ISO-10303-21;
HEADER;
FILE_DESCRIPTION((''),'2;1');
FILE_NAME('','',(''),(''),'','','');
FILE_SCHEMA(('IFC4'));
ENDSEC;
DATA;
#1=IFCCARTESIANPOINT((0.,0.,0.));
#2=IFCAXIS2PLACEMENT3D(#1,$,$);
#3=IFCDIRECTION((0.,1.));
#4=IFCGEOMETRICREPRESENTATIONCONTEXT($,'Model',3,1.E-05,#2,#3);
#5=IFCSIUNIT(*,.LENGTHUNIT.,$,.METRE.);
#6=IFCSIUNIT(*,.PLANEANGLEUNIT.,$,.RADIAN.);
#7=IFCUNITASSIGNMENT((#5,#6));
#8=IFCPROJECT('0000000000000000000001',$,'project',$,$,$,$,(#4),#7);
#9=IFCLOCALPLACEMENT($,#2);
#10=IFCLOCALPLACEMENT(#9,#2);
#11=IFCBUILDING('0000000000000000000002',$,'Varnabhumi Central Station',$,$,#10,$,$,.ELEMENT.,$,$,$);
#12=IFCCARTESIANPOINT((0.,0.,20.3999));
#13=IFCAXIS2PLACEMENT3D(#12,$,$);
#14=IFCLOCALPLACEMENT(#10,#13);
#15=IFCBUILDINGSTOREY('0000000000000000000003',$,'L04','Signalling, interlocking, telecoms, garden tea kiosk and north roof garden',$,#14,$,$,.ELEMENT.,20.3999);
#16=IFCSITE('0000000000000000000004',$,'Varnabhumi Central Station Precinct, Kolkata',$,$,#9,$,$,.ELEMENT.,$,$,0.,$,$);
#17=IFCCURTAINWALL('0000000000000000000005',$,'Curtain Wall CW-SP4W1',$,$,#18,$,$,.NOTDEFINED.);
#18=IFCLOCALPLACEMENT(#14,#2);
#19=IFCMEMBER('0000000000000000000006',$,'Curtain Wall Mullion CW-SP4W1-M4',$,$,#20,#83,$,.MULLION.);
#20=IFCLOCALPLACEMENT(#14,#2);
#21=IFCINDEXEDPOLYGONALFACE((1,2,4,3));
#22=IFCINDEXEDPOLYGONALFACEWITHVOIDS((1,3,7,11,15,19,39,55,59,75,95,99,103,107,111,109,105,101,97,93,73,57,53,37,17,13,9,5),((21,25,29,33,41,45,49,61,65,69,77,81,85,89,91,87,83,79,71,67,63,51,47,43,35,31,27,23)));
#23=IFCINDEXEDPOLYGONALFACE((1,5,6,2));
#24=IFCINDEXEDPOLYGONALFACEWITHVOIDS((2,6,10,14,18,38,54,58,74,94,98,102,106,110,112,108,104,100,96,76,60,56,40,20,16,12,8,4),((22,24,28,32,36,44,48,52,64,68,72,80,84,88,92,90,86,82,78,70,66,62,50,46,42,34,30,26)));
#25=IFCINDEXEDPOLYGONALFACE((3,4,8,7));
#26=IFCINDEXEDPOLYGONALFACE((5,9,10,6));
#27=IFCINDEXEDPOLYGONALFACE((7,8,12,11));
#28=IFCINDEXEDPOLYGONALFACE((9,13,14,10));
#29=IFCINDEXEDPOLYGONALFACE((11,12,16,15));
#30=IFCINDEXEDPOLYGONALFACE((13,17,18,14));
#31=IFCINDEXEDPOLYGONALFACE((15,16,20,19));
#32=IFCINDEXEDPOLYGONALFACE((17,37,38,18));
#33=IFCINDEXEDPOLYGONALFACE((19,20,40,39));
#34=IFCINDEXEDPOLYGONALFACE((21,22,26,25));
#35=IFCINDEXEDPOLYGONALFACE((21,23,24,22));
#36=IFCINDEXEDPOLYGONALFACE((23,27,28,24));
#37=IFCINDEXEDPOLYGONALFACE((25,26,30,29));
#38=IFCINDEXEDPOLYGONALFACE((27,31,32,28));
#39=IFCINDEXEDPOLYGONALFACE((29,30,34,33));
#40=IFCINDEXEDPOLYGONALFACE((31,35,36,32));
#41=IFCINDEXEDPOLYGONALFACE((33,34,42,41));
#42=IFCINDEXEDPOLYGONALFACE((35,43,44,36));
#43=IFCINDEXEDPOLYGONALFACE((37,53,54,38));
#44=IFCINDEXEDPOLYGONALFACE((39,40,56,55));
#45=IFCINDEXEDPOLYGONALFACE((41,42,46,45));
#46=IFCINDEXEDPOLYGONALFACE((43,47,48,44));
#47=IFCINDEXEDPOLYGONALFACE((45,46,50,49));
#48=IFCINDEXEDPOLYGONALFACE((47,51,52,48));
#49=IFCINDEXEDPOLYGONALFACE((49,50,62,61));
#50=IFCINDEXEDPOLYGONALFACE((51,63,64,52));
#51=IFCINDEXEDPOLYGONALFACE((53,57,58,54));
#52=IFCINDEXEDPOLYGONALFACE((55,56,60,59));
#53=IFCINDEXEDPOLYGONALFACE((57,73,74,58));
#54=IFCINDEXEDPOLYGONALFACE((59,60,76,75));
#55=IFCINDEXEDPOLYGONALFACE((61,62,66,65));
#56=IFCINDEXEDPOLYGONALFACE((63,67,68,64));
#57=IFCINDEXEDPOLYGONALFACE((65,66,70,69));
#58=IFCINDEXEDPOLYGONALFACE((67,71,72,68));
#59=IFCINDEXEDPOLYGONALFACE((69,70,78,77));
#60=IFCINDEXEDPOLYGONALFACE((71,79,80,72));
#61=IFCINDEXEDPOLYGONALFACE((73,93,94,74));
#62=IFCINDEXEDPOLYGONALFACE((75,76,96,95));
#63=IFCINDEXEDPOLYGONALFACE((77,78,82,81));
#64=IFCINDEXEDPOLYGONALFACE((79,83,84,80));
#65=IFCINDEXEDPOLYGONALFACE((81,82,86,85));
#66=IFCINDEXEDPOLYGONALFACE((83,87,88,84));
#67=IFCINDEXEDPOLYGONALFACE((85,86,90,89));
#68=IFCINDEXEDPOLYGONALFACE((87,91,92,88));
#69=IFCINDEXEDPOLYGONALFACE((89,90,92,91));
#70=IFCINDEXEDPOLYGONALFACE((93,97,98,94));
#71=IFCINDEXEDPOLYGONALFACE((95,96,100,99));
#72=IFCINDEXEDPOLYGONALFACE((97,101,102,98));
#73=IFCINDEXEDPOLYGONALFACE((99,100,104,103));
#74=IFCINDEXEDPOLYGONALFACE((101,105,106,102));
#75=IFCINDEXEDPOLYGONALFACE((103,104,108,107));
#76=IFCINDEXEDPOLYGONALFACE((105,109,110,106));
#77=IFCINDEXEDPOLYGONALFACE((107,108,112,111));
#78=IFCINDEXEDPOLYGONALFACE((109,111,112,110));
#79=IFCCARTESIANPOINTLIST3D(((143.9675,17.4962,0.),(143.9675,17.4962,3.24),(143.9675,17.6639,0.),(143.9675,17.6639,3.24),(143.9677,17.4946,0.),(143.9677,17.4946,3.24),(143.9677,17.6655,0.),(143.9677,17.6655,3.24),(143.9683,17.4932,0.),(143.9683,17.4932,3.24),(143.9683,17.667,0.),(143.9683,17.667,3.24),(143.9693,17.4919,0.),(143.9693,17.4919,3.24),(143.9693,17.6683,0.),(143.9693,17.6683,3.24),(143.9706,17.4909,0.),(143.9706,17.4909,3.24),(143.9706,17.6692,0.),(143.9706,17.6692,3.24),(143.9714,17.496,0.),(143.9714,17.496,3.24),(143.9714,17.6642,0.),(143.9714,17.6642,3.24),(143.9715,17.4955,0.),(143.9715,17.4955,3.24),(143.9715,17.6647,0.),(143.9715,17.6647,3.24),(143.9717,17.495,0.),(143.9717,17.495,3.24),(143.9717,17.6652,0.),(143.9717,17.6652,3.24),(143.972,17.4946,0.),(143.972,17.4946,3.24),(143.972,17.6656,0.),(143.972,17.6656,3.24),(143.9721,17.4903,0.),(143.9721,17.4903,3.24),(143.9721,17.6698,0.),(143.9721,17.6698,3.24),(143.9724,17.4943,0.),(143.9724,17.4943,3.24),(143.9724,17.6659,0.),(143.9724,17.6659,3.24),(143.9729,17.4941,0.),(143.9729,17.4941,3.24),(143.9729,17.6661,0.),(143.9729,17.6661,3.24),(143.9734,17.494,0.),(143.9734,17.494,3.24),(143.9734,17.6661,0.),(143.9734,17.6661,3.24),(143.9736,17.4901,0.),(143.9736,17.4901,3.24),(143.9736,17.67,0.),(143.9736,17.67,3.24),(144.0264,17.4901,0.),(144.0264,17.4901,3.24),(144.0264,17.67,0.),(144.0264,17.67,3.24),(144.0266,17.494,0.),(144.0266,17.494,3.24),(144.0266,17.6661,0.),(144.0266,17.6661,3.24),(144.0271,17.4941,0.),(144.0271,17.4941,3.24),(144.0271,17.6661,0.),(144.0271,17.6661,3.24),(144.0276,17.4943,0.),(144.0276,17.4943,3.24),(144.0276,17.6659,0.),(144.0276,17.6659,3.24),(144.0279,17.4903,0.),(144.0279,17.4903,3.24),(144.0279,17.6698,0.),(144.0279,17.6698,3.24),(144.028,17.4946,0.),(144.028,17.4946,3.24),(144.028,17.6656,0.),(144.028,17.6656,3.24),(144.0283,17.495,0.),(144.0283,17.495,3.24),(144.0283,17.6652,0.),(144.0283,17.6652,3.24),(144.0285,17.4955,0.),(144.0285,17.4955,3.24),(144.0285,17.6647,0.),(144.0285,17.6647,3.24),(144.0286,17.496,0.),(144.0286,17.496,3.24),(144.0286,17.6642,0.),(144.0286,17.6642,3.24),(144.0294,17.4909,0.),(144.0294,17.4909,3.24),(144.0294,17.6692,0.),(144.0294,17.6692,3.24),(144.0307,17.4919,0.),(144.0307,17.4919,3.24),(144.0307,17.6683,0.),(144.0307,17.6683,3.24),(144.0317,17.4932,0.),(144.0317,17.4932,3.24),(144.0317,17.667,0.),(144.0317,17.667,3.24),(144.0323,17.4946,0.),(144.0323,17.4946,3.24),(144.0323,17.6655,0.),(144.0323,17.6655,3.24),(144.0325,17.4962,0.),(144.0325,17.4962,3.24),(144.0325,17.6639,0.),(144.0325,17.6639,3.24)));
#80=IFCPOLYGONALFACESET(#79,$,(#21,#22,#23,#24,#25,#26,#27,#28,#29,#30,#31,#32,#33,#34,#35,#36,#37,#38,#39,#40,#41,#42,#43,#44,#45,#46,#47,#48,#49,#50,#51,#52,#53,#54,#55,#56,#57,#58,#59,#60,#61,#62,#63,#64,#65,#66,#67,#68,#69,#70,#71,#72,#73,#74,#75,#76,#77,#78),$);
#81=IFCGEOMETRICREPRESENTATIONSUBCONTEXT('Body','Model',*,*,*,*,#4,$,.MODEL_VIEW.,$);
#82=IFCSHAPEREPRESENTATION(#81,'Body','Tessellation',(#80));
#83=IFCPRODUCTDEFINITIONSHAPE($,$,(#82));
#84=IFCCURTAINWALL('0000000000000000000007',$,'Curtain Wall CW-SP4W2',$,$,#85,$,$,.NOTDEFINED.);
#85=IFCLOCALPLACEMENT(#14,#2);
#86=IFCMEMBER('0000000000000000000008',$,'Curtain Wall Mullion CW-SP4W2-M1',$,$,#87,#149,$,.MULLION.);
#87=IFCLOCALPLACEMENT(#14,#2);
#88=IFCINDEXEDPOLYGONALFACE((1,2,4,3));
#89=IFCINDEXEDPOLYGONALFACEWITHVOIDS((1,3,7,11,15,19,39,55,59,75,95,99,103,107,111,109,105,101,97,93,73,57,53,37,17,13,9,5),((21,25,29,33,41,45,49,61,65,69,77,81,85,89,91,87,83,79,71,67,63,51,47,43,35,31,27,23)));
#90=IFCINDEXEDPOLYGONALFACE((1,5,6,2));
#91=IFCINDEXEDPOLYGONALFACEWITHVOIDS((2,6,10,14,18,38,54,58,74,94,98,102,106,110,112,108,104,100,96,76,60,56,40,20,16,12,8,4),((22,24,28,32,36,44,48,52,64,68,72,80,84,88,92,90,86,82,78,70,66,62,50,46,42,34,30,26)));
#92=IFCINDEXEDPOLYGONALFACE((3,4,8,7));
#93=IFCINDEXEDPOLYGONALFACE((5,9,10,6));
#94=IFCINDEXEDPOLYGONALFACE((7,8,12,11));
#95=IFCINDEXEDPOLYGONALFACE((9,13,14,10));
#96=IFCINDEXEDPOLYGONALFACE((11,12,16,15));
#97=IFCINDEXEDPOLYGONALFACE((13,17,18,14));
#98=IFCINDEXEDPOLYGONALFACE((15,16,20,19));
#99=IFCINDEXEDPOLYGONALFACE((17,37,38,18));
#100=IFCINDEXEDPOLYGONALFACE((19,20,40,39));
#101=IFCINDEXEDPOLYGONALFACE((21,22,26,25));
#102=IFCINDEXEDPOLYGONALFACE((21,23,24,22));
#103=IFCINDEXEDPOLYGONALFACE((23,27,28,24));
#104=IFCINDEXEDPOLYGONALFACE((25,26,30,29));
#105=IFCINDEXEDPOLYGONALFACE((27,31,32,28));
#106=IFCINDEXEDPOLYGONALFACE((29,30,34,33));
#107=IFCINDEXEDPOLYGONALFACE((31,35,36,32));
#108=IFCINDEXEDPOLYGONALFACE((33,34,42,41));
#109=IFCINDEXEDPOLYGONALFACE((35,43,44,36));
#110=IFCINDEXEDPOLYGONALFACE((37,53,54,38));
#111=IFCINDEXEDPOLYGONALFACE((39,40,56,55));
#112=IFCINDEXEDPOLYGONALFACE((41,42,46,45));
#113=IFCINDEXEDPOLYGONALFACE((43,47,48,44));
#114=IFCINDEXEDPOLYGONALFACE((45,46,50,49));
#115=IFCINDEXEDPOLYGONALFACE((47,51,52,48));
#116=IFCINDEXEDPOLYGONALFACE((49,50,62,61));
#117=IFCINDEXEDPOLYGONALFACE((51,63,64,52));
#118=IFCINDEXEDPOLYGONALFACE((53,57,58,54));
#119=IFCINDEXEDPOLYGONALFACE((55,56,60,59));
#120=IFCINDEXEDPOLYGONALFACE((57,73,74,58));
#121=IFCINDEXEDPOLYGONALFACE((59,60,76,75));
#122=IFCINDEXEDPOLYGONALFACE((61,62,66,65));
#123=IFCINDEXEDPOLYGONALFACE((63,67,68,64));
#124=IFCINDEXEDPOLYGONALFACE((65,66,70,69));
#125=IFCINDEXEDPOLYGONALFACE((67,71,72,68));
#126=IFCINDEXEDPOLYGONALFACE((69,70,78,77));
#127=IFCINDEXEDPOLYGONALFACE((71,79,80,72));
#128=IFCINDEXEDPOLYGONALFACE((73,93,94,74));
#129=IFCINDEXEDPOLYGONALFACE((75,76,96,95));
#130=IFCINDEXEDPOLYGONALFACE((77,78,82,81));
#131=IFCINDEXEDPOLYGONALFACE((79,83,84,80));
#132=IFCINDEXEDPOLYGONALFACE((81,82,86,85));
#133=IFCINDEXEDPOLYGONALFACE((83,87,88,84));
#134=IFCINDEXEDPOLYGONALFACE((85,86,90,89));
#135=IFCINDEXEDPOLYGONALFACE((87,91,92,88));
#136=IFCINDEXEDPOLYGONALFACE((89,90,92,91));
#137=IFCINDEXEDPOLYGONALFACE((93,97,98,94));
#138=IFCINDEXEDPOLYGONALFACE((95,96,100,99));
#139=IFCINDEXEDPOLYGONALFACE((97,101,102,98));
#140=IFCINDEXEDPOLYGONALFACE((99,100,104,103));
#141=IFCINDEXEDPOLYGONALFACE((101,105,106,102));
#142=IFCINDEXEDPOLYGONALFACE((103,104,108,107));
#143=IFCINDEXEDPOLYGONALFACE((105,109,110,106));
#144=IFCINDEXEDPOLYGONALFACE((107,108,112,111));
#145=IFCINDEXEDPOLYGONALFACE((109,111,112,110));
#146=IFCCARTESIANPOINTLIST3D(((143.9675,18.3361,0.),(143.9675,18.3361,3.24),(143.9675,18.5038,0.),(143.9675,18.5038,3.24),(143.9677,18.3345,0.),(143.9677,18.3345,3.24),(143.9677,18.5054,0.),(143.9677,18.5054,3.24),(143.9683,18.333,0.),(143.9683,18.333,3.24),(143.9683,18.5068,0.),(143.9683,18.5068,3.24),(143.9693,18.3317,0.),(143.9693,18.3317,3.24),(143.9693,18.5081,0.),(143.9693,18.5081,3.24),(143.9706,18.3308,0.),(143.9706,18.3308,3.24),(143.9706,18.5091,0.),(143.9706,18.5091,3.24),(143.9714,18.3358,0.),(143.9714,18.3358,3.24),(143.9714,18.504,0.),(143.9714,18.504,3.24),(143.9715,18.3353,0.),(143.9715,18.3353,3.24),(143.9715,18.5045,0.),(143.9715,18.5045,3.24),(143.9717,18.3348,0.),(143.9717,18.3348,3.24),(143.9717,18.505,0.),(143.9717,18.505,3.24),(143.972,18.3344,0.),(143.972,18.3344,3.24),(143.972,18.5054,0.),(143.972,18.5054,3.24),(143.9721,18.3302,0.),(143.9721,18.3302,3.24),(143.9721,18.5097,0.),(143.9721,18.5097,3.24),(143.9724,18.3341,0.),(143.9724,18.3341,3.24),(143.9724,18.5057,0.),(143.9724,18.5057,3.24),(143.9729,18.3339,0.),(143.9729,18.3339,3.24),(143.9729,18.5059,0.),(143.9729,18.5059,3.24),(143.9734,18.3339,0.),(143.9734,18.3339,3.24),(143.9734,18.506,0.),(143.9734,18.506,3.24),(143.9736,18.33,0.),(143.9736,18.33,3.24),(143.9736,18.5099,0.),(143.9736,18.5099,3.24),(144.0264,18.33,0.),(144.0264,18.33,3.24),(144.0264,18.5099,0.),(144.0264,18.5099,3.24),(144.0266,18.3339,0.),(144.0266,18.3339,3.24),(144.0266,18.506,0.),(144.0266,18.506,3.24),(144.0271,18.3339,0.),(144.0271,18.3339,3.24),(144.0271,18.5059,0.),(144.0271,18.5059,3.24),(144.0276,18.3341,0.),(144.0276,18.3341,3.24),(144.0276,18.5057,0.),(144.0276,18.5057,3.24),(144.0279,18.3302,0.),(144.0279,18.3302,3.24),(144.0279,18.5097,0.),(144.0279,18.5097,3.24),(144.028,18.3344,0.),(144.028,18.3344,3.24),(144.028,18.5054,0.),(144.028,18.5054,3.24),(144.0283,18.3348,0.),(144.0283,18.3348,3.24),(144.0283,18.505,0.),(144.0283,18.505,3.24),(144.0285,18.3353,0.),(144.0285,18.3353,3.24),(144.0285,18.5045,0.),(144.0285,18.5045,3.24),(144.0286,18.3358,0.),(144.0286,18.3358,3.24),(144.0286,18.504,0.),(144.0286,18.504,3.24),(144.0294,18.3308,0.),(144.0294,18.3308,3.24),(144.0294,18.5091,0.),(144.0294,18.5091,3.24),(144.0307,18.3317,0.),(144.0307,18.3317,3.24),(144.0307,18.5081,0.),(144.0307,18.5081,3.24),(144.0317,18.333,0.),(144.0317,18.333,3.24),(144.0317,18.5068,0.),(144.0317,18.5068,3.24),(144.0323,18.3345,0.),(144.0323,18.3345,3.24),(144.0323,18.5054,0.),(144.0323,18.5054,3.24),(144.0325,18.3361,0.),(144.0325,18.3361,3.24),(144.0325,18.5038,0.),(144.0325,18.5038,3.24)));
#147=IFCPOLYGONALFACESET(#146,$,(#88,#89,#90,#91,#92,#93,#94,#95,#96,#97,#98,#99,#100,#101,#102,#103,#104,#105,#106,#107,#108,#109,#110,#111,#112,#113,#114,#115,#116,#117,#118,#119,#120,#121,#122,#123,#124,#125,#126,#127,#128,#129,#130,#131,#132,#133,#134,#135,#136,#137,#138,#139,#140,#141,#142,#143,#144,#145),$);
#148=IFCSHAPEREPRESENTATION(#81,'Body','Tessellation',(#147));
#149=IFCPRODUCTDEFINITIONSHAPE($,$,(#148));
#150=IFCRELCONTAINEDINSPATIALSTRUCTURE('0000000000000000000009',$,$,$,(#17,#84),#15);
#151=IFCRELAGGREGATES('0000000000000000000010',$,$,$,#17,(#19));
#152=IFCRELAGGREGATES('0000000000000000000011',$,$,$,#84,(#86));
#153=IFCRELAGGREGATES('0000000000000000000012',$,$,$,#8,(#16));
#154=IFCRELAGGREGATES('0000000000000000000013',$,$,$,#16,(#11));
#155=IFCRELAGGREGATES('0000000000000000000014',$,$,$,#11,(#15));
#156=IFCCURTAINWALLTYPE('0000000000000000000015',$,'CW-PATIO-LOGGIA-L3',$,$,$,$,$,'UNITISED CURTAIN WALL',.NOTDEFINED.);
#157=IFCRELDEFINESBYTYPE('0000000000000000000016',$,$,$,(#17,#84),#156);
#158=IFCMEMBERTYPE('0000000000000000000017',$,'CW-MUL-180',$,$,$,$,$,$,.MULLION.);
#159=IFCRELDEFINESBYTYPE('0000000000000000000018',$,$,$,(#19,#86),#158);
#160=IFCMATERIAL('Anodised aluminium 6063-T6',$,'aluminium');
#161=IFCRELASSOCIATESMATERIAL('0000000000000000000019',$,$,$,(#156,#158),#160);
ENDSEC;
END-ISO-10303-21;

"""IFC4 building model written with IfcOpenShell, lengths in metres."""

from ifc_helpers import new_model, si_unit, direction, frame, origin, origin_2d, place, context, subcontext, project, spatial, hollow_rectangle, extrude, material, material_profile, profile_set, type_object, element, aggregate, save


model = new_model("IFC4")

# Units and contexts
model_context = context("Model", 3, precision=1e-05, world=origin(), true_north=direction((0.0, 1.0)))
body_context = subcontext(model_context, "Body", "Model", "MODEL_VIEW")
ifc_project = project(units=[si_unit("LENGTHUNIT", "METRE"), si_unit("PLANEANGLEUNIT", "RADIAN")], contexts=[model_context])

# Site, building, storey
site_placement = place(None, origin())
site = spatial("IfcSite", under=ifc_project, at=site_placement, Name="Varnabhumi Central Station Precinct, Kolkata", CompositionType="ELEMENT", RefElevation=0.0)
building_placement = place(site_placement, origin())
building = spatial("IfcBuilding", under=site, at=building_placement, Name="Varnabhumi Central Station", CompositionType="ELEMENT")
storey_placement = place(building_placement, frame((0.0, 0.0, 20.3999)))
storey = spatial("IfcBuildingStorey", under=building, at=storey_placement, Name="L04", Description="Signalling, interlocking, telecoms, garden tea kiosk and north roof garden", CompositionType="ELEMENT", Elevation=20.3999)

# Curtain walls, members
ifc_material_1 = material(Name="Anodised aluminium 6063-T6", Category="aluminium")
curtain_wall_type = type_object("IfcCurtainWallType", Name="CW-PATIO-LOGGIA-L3", ElementType="UNITISED CURTAIN WALL", PredefinedType="NOTDEFINED", material=ifc_material_1)
curtain_wall_1_placement = place(storey_placement, origin())
curtain_wall_1 = element("IfcCurtainWall", 1, at=curtain_wall_1_placement, inside=storey, type_object=curtain_wall_type, Name="Curtain Wall CW-SP4W1", PredefinedType="NOTDEFINED")
ifc_material_profile_1 = material_profile(ifc_material_1, hollow_rectangle(XDim=0.0649, YDim=0.1799, WallThickness=0.0039, InnerFilletRadius=0.002, OuterFilletRadius=0.0061, at=origin_2d()), Name="Anodised aluminium 6063-T6", Category="aluminium")
ifc_profile_set_1 = profile_set([ifc_material_profile_1], Name="Anodised aluminium 6063-T6")
member_type_1 = type_object("IfcMemberType", Name="CW-MUL-180", PredefinedType="MULLION", material=ifc_profile_set_1)
member_1_placement = place(storey_placement, frame((144.0, 17.5801, 0.0), z_axis=(0.0, 0.0, 1.0), x_axis=(1.0, 0.0, 0.0)))
member_1 = element("IfcMember", 2, at=member_1_placement, type_object=member_type_1, Name="Curtain Wall Mullion CW-SP4W1-M4", PredefinedType="MULLION", context=body_context, shape_type="SweptSolid", body=[
    extrude(hollow_rectangle(XDim=0.0649, YDim=0.1799, WallThickness=0.0039, InnerFilletRadius=0.002, OuterFilletRadius=0.0061, at=origin_2d()), origin(), (0.0, 0.0, 1.0), 3.24),
])
curtain_wall_2_placement = place(storey_placement, origin())
curtain_wall_2 = element("IfcCurtainWall", 3, at=curtain_wall_2_placement, inside=storey, type_object=curtain_wall_type, Name="Curtain Wall CW-SP4W2", PredefinedType="NOTDEFINED")
member_2_placement = place(storey_placement, frame((144.0, 18.4199, 0.0), z_axis=(0.0, 0.0, 1.0), x_axis=(1.0, 0.0, 0.0)))
member_2 = element("IfcMember", 4, at=member_2_placement, type_object=member_type_1, Name="Curtain Wall Mullion CW-SP4W2-M1", PredefinedType="MULLION", context=body_context, shape_type="SweptSolid", body=[
    extrude(hollow_rectangle(XDim=0.0649, YDim=0.1799, WallThickness=0.0039, InnerFilletRadius=0.002, OuterFilletRadius=0.0061, at=origin_2d()), origin(), (0.0, 0.0, 1.0), 3.24),
])

aggregate(curtain_wall_1, [member_1])
aggregate(curtain_wall_2, [member_2])

save(model, "model.ifc")
